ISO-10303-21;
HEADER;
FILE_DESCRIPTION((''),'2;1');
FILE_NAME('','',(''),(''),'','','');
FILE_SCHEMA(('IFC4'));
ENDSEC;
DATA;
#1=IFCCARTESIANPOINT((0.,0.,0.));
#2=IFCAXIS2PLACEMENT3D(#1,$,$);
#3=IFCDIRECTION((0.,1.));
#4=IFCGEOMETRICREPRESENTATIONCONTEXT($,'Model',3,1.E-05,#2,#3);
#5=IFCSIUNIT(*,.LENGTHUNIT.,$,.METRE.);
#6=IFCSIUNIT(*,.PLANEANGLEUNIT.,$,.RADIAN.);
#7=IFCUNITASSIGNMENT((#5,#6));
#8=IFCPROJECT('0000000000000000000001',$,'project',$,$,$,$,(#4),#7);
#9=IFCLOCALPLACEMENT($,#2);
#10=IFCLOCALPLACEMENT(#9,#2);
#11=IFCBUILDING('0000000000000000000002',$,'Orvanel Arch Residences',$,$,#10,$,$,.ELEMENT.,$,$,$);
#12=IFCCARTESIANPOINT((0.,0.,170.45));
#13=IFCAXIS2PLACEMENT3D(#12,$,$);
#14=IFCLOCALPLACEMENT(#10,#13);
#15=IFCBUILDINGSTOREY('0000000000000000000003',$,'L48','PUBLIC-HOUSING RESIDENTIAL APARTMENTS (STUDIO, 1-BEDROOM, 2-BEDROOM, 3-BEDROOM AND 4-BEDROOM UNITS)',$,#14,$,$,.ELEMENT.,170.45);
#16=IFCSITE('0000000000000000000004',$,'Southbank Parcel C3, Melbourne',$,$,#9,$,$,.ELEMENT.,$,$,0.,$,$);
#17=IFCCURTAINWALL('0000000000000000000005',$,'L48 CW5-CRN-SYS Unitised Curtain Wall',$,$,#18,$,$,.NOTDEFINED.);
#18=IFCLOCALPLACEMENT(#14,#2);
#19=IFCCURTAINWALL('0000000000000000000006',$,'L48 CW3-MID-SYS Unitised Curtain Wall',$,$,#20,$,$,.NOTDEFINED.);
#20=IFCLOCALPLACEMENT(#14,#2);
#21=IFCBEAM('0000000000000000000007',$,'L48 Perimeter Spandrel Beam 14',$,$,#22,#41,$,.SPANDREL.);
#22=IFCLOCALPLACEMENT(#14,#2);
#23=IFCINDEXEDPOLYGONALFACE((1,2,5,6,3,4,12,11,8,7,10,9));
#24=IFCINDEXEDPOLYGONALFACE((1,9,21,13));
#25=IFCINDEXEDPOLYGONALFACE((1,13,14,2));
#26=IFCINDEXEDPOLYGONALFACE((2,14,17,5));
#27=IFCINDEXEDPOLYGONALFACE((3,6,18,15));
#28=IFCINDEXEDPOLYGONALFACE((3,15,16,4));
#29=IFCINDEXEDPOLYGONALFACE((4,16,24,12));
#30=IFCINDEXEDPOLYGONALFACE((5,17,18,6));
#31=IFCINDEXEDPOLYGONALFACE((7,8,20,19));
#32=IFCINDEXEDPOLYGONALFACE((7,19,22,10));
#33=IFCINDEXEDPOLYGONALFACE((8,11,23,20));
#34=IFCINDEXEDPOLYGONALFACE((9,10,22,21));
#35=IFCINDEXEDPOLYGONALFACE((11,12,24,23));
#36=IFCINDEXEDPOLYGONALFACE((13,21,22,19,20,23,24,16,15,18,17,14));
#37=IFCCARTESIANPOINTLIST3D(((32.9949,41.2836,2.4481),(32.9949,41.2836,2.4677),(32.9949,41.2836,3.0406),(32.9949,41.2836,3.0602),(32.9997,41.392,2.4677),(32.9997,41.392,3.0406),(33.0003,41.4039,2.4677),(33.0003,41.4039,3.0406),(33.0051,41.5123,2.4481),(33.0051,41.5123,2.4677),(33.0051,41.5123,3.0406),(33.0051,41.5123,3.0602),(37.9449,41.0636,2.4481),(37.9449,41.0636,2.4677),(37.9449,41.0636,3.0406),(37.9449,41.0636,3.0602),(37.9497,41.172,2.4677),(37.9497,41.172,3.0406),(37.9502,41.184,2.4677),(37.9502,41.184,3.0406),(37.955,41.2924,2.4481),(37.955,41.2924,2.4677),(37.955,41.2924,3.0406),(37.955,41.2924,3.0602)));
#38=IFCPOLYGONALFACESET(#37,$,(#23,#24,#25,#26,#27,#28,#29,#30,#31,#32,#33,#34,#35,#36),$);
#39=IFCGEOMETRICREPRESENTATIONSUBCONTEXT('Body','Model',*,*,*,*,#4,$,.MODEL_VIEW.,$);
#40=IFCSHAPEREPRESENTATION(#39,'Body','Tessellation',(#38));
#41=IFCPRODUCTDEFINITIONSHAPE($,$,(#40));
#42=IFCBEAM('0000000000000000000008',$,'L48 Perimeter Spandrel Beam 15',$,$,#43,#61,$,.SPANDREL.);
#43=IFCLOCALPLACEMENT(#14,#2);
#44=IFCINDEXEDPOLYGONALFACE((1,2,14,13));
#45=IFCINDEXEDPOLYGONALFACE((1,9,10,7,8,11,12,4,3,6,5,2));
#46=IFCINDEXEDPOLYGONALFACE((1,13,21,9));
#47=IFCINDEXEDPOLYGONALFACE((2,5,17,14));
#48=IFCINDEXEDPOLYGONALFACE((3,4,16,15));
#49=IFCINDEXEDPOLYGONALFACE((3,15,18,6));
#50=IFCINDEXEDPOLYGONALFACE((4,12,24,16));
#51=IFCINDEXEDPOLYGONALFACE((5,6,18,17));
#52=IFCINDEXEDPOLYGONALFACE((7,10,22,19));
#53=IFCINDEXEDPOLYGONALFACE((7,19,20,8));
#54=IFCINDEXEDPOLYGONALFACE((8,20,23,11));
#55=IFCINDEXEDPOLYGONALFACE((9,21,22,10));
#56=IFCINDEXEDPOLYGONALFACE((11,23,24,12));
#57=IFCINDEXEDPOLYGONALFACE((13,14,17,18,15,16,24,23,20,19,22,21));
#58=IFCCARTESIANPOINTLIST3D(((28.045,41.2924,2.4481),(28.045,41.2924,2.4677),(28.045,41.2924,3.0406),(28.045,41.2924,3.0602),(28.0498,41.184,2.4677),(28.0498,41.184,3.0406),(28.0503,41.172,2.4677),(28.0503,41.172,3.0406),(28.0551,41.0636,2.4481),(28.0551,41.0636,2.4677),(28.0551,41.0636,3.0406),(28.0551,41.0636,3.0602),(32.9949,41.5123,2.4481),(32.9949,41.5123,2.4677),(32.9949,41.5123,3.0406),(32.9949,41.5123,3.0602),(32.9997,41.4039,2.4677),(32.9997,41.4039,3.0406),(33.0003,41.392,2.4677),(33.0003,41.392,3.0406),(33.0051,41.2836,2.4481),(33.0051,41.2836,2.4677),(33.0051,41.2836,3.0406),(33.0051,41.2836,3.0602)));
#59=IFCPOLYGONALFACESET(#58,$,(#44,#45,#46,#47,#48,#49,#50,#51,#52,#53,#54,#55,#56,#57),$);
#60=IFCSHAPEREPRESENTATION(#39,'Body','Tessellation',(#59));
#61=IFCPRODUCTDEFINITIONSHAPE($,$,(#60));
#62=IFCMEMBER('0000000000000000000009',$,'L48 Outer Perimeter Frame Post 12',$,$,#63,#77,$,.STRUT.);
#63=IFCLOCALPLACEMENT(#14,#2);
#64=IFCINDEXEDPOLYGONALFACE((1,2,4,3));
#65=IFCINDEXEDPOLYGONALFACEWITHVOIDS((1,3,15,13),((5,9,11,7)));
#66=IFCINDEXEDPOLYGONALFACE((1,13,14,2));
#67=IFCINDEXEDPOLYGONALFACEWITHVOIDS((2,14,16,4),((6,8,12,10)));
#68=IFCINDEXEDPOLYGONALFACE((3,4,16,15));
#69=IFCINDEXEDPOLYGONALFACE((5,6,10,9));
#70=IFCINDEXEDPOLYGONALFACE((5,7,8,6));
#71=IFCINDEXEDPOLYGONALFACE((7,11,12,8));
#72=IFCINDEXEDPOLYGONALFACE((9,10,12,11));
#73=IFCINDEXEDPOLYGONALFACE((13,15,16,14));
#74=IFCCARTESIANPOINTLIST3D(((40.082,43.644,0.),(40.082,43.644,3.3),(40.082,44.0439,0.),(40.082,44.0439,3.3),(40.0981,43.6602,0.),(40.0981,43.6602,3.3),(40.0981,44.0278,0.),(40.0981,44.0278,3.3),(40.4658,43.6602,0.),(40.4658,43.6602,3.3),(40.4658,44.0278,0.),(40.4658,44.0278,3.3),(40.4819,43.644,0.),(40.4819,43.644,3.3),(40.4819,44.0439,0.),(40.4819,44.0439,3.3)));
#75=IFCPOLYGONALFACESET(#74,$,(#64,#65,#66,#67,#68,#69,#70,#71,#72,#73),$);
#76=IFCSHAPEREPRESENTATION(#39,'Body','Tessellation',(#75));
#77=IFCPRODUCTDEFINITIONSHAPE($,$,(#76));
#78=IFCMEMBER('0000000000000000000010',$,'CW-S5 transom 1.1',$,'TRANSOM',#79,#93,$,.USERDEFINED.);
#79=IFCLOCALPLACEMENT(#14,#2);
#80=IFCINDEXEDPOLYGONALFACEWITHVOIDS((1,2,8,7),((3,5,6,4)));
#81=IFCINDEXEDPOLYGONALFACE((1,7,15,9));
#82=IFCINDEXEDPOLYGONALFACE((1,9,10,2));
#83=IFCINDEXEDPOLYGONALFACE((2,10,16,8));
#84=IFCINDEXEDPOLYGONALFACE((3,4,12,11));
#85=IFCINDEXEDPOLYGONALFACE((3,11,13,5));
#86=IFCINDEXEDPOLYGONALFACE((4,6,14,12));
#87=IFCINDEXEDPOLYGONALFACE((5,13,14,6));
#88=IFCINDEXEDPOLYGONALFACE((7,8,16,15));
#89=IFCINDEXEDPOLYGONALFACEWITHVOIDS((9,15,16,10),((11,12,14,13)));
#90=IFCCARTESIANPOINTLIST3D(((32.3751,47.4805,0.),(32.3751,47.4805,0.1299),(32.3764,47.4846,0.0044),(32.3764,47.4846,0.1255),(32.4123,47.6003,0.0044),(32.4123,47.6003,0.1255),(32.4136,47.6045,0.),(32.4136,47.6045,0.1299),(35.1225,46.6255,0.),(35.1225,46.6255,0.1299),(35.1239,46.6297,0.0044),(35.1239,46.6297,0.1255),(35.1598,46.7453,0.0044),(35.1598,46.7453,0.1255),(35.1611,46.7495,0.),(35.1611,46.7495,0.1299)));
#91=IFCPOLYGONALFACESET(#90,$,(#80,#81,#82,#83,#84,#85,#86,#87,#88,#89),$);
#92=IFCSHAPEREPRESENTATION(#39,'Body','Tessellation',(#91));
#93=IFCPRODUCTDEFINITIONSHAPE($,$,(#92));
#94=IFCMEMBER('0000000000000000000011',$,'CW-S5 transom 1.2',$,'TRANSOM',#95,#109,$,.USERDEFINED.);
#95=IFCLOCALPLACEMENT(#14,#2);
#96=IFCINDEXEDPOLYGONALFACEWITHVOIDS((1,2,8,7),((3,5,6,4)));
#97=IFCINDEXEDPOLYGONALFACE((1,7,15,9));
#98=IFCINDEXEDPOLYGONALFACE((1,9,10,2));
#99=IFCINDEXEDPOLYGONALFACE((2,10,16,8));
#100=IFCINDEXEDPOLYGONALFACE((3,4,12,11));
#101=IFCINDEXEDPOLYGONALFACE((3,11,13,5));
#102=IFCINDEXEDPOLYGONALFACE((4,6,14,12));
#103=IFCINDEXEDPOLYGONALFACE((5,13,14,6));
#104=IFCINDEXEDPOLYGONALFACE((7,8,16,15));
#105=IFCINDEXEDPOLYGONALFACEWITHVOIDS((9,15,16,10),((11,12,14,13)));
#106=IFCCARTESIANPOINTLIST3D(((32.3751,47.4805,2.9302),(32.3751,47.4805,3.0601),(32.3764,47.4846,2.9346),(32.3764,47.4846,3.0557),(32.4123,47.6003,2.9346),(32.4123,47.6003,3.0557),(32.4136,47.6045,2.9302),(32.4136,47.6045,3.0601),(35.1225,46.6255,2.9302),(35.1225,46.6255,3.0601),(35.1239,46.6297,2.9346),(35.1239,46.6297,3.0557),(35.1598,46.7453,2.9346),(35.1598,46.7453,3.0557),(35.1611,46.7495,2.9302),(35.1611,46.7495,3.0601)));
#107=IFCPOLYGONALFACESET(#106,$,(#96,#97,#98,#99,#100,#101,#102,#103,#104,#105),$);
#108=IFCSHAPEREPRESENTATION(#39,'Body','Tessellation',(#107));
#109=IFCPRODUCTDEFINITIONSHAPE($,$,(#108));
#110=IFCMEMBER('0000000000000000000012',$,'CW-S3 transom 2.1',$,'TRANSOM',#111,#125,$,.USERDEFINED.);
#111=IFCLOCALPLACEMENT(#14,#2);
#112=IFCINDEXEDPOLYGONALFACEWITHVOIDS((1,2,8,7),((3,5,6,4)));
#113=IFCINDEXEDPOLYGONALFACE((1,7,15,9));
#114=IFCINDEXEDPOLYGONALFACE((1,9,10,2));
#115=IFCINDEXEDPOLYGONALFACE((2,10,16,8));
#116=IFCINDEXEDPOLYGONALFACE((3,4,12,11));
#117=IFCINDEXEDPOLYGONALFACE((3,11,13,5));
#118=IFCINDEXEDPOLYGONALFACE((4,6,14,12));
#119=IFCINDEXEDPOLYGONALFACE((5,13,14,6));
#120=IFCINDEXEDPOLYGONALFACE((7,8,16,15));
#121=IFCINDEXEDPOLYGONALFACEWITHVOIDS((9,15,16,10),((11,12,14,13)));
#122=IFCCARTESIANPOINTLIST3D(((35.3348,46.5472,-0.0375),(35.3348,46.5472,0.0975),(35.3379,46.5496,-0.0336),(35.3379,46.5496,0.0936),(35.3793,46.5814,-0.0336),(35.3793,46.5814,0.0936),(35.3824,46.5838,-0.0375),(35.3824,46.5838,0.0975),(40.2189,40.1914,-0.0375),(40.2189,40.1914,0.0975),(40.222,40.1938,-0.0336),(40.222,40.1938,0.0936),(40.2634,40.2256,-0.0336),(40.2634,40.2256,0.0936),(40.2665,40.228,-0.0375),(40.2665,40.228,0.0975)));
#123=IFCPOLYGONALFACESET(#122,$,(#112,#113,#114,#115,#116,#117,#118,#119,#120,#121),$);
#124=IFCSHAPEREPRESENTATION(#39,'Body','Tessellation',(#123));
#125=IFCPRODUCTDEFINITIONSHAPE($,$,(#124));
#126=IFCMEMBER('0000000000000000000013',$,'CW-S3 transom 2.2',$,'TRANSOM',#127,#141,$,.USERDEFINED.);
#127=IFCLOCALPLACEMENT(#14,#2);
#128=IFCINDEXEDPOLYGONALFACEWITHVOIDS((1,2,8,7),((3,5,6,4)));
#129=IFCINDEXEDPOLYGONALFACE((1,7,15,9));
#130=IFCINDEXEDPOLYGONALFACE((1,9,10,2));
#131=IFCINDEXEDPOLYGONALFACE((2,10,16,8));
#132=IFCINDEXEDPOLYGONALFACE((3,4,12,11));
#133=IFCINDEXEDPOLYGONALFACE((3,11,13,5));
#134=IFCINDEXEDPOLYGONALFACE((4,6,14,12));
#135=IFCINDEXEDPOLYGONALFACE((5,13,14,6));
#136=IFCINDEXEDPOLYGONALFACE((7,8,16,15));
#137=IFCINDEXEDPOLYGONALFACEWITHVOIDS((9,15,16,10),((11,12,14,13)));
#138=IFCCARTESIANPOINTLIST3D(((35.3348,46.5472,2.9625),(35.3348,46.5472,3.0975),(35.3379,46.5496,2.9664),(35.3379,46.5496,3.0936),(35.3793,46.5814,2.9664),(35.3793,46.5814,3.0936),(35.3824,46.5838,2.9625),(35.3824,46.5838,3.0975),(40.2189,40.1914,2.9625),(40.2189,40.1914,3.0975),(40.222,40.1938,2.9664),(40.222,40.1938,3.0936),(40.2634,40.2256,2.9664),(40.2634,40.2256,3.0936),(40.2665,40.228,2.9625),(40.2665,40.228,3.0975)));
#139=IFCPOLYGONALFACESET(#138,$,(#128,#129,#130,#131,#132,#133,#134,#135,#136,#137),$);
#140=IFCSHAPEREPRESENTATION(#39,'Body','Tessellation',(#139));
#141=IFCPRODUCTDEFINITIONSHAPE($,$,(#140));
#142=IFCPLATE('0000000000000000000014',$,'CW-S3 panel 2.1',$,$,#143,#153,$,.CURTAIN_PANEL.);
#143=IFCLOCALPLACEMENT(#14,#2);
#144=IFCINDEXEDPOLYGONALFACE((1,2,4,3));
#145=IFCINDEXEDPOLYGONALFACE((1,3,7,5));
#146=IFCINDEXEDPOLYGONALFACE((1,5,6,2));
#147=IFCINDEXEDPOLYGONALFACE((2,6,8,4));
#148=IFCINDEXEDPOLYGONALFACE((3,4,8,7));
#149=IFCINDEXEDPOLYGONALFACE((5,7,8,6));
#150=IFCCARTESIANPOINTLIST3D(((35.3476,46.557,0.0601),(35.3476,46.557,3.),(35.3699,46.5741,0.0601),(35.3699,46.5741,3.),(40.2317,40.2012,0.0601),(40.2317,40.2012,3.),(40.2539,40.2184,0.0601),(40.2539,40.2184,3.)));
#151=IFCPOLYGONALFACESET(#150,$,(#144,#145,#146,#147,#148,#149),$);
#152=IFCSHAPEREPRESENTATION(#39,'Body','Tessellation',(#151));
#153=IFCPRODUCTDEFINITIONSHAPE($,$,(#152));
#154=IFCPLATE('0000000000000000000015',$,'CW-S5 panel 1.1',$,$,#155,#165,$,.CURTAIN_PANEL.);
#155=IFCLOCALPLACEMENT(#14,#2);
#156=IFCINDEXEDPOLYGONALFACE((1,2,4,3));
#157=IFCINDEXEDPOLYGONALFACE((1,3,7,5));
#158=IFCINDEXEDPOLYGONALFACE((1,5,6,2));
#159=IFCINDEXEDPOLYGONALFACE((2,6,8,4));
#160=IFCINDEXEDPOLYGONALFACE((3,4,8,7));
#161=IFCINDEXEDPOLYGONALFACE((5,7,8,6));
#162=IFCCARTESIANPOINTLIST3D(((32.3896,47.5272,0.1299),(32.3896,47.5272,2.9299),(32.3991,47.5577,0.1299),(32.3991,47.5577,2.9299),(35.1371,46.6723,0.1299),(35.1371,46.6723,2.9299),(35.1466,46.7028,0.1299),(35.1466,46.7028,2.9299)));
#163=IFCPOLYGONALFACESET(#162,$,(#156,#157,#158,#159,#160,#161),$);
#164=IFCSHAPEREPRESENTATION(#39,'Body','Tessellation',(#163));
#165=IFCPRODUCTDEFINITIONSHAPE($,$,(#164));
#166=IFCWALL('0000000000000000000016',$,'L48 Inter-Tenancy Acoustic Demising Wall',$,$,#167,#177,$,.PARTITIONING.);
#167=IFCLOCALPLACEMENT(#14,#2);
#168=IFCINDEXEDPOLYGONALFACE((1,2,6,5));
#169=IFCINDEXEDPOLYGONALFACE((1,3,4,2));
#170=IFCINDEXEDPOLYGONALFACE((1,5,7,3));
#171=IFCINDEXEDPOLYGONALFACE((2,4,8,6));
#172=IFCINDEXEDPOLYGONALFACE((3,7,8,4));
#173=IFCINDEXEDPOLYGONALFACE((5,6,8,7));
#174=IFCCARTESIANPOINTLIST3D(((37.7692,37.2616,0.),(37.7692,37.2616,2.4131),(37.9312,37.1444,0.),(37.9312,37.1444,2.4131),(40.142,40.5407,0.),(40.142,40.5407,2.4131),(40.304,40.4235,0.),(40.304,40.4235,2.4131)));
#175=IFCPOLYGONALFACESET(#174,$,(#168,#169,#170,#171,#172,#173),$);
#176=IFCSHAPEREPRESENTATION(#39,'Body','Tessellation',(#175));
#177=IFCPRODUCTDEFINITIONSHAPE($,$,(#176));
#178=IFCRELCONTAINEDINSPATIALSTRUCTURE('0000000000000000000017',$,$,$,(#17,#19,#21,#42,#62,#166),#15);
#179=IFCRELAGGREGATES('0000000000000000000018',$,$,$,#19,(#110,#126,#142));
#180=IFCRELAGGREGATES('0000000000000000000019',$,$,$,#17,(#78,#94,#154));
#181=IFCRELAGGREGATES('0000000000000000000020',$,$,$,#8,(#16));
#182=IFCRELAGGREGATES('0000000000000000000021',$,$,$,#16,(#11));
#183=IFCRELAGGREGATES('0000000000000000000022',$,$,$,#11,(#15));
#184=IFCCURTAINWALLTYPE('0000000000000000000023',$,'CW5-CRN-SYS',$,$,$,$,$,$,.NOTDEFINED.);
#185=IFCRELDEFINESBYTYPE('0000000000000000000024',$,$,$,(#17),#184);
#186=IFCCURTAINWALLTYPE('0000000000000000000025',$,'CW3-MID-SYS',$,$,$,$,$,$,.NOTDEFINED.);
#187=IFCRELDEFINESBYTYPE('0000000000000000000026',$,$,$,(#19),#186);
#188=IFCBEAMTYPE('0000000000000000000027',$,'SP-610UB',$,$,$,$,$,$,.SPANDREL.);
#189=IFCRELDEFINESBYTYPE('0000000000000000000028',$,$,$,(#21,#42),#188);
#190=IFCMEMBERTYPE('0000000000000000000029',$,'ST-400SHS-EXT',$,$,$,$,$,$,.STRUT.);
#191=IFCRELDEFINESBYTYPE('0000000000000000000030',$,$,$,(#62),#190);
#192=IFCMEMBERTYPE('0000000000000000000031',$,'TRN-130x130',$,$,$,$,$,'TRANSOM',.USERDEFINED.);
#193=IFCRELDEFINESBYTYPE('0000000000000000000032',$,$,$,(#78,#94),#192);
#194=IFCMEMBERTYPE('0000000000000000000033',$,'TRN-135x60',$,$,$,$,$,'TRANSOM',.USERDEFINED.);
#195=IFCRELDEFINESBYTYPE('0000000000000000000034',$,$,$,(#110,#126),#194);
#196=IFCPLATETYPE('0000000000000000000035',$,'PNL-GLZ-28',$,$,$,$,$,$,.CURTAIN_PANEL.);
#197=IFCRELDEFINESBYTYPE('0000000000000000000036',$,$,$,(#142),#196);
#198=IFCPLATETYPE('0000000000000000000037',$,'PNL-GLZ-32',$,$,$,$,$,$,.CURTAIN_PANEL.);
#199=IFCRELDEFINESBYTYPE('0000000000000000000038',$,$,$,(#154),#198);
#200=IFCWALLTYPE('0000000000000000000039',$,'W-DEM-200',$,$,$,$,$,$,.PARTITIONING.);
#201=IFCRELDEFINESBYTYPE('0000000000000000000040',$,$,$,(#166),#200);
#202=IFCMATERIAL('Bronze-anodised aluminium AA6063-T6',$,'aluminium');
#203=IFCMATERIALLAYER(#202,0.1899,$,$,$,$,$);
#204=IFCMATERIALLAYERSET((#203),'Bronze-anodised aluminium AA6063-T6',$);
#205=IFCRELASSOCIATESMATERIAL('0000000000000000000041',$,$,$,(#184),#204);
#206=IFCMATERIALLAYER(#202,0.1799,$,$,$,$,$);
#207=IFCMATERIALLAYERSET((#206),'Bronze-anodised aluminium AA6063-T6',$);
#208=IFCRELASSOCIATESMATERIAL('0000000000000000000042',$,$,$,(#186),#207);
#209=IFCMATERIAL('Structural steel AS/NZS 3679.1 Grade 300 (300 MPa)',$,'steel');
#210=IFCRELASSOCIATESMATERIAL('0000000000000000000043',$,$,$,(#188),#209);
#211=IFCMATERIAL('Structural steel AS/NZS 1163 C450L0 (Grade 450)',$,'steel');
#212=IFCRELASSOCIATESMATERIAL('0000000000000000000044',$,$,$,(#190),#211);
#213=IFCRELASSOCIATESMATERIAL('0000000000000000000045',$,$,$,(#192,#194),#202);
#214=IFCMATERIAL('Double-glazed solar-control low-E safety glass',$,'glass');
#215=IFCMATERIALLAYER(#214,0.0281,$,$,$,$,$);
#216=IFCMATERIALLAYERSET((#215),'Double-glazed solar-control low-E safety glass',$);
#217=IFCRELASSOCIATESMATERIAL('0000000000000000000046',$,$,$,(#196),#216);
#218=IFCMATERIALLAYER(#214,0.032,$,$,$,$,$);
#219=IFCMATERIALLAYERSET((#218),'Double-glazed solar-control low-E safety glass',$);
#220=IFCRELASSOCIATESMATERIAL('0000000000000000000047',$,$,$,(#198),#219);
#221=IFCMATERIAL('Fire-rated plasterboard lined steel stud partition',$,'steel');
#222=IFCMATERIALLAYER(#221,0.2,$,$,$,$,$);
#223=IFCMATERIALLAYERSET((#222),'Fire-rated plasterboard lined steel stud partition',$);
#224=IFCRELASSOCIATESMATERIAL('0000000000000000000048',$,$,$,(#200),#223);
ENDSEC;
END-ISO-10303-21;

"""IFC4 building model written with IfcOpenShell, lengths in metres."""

from ifc_helpers import new_model, si_unit, direction, frame, frame_2d, origin, origin_2d, place, context, subcontext, project, spatial, rectangle, hollow_rectangle, i_section, extrude, material, layer, layer_set, material_profile, profile_set, type_object, element, aggregate, save


model = new_model("IFC4")

# Units and contexts
model_context = context("Model", 3, precision=1e-05, world=origin(), true_north=direction((0.0, 1.0)))
body_context = subcontext(model_context, "Body", "Model", "MODEL_VIEW")
ifc_project = project(units=[si_unit("LENGTHUNIT", "METRE"), si_unit("PLANEANGLEUNIT", "RADIAN")], contexts=[model_context])

# Site, building, storey
site_placement = place(None, origin())
site = spatial("IfcSite", under=ifc_project, at=site_placement, Name="Southbank Parcel C3, Melbourne", CompositionType="ELEMENT", RefElevation=0.0)
building_placement = place(site_placement, origin())
building = spatial("IfcBuilding", under=site, at=building_placement, Name="Orvanel Arch Residences", CompositionType="ELEMENT")
storey_placement = place(building_placement, frame((0.0, 0.0, 170.45)))
storey = spatial("IfcBuildingStorey", under=building, at=storey_placement, Name="L48", Description="PUBLIC-HOUSING RESIDENTIAL APARTMENTS (STUDIO, 1-BEDROOM, 2-BEDROOM, 3-BEDROOM AND 4-BEDROOM UNITS)", CompositionType="ELEMENT", Elevation=170.45)

# Shared definitions
ifc_material_1 = material(Name="Structural steel AS/NZS 3679.1 Grade 300 (300 MPa)", Category="steel")

# Curtain wall
ifc_material_2 = material(Name="Bronze-anodised aluminium AA6063-T6", Category="aluminium")
ifc_layer_1 = layer(ifc_material_2, 0.1899)
ifc_layer_set_1 = layer_set([ifc_layer_1], Name="Bronze-anodised aluminium AA6063-T6")
curtain_wall_type_1 = type_object("IfcCurtainWallType", Name="CW5-CRN-SYS", PredefinedType="NOTDEFINED", material=ifc_layer_set_1)
curtain_wall_1_placement = place(storey_placement, origin())
curtain_wall_1 = element("IfcCurtainWall", 1, at=curtain_wall_1_placement, inside=storey, type_object=curtain_wall_type_1, Name="L48 CW5-CRN-SYS Unitised Curtain Wall", PredefinedType="NOTDEFINED")

# Curtain wall
ifc_layer_2 = layer(ifc_material_2, 0.1799)
ifc_layer_set_2 = layer_set([ifc_layer_2], Name="Bronze-anodised aluminium AA6063-T6")
curtain_wall_type_2 = type_object("IfcCurtainWallType", Name="CW3-MID-SYS", PredefinedType="NOTDEFINED", material=ifc_layer_set_2)
curtain_wall_2_placement = place(storey_placement, origin())
curtain_wall_2 = element("IfcCurtainWall", 2, at=curtain_wall_2_placement, inside=storey, type_object=curtain_wall_type_2, Name="L48 CW3-MID-SYS Unitised Curtain Wall", PredefinedType="NOTDEFINED")

# Beams
ifc_material_profile_1 = material_profile(ifc_material_1, i_section(OverallWidth=0.229, OverallDepth=0.6121, WebThickness=0.012, FlangeThickness=0.0195, at=origin_2d()), Name="610UB125")
ifc_profile_set_1 = profile_set([ifc_material_profile_1], Name="Structural steel AS/NZS 3679.1 Grade 300 (300 MPa)")
beam_type_1 = type_object("IfcBeamType", Name="SP-610UB", PredefinedType="SPANDREL", material=ifc_profile_set_1)
for number, where, z_axis, x_axis, name in (
    (3, (37.95, 41.178, 2.7542), (-0.999014, 0.044395, 0.0), (-0.044395, -0.999014, 0.0), "L48 Perimeter Spandrel Beam 14"),
    (4, (33.0, 41.3979, 2.7542), (-0.999014, -0.044395, 0.0), (0.044395, -0.999014, 0.0), "L48 Perimeter Spandrel Beam 15"),
):
    element("IfcBeam", number, at=place(storey_placement, frame(where, z_axis=z_axis, x_axis=x_axis)), inside=storey, type_object=beam_type_1, Name=name, PredefinedType="SPANDREL", context=body_context, shape_type="SweptSolid", body=[
        extrude(i_section(OverallWidth=0.229, OverallDepth=0.6121, WebThickness=0.012, FlangeThickness=0.0195, at=origin_2d()), origin(), (0.0, 0.0, 1.0), 4.9548),
    ])

# Members
ifc_material_3 = material(Name="Structural steel AS/NZS 1163 C450L0 (Grade 450)", Category="steel")
ifc_material_profile_2 = material_profile(ifc_material_3, hollow_rectangle(XDim=0.3999, YDim=0.3999, WallThickness=0.0161, at=origin_2d()), Name="SHS400x400x16")
ifc_profile_set_2 = profile_set([ifc_material_profile_2], Name="Structural steel AS/NZS 1163 C450L0 (Grade 450)")
member_type_1 = type_object("IfcMemberType", Name="ST-400SHS-EXT", PredefinedType="STRUT", material=ifc_profile_set_2)
member_1_placement = place(storey_placement, frame((40.282, 43.844, 0.0), z_axis=(0.0, 0.0, 1.0), x_axis=(1.0, 0.0, 0.0)))
element("IfcMember", 5, at=member_1_placement, inside=storey, type_object=member_type_1, Name="L48 Outer Perimeter Frame Post 12", PredefinedType="STRUT", context=body_context, shape_type="SweptSolid", body=[
    extrude(hollow_rectangle(XDim=0.3999, YDim=0.3999, WallThickness=0.0161, at=origin_2d()), origin(), (0.0, 0.0, 1.0), 3.3),
])
ifc_material_profile_3 = material_profile(ifc_material_2, hollow_rectangle(XDim=0.1299, YDim=0.1299, WallThickness=0.0044, at=origin_2d()), Name="ALU130x130x4.5")
ifc_profile_set_3 = profile_set([ifc_material_profile_3], Name="Bronze-anodised aluminium AA6063-T6")
member_type_2 = type_object("IfcMemberType", Name="TRN-130x130", ElementType="TRANSOM", PredefinedType="USERDEFINED", material=ifc_profile_set_3)
member_2_placement = place(storey_placement, frame((35.1418, 46.6875, 0.0649), z_axis=(-0.954839, 0.297125, 0.0), x_axis=(-0.297125, -0.954839, 0.0)))
member_2 = element("IfcMember", 6, at=member_2_placement, type_object=member_type_2, Name="CW-S5 transom 1.1", ObjectType="TRANSOM", PredefinedType="USERDEFINED", context=body_context, shape_type="SweptSolid", body=[
    extrude(hollow_rectangle(XDim=0.1299, YDim=0.1299, WallThickness=0.0044, at=origin_2d()), origin(), (0.0, 0.0, 1.0), 2.8774),
])
member_3_placement = place(storey_placement, frame((35.1418, 46.6875, 2.9951), z_axis=(-0.954839, 0.297125, 0.0), x_axis=(-0.297125, -0.954839, 0.0)))
member_3 = element("IfcMember", 7, at=member_3_placement, type_object=member_type_2, Name="CW-S5 transom 1.2", ObjectType="TRANSOM", PredefinedType="USERDEFINED", context=body_context, shape_type="SweptSolid", body=[
    extrude(hollow_rectangle(XDim=0.1299, YDim=0.1299, WallThickness=0.0044, at=origin_2d()), origin(), (0.0, 0.0, 1.0), 2.8774),
])
ifc_material_profile_4 = material_profile(ifc_material_2, hollow_rectangle(XDim=0.0601, YDim=0.135, WallThickness=0.0039, at=origin_2d()), Name="ALU135x60x4")
ifc_profile_set_4 = profile_set([ifc_material_profile_4], Name="Bronze-anodised aluminium AA6063-T6")
member_type_3 = type_object("IfcMemberType", Name="TRN-135x60", ElementType="TRANSOM", PredefinedType="USERDEFINED", material=ifc_profile_set_4)
member_4_placement = place(storey_placement, frame((40.2427, 40.2097, 0.03), z_axis=(-0.609321, 0.792924, 0.0), x_axis=(-0.792924, -0.609321, 0.0)))
member_4 = element("IfcMember", 8, at=member_4_placement, type_object=member_type_3, Name="CW-S3 transom 2.1", ObjectType="TRANSOM", PredefinedType="USERDEFINED", context=body_context, shape_type="SweptSolid", body=[
    extrude(hollow_rectangle(XDim=0.0601, YDim=0.135, WallThickness=0.0039, at=origin_2d()), origin(), (0.0, 0.0, 1.0), 8.0156),
])
member_5_placement = place(storey_placement, frame((40.2427, 40.2097, 3.03), z_axis=(-0.609321, 0.792924, 0.0), x_axis=(-0.792924, -0.609321, 0.0)))
member_5 = element("IfcMember", 9, at=member_5_placement, type_object=member_type_3, Name="CW-S3 transom 2.2", ObjectType="TRANSOM", PredefinedType="USERDEFINED", context=body_context, shape_type="SweptSolid", body=[
    extrude(hollow_rectangle(XDim=0.0601, YDim=0.135, WallThickness=0.0039, at=origin_2d()), origin(), (0.0, 0.0, 1.0), 8.0156),
])

# Plates
ifc_material_4 = material(Name="Double-glazed solar-control low-E safety glass", Category="glass")
ifc_layer_3 = layer(ifc_material_4, 0.0281)
ifc_layer_set_3 = layer_set([ifc_layer_3], Name="Double-glazed solar-control low-E safety glass")
plate_type_1 = type_object("IfcPlateType", Name="PNL-GLZ-28", PredefinedType="CURTAIN_PANEL", material=ifc_layer_set_3)
plate_1_placement = place(storey_placement, frame((37.8008, 43.3877, 0.0601), z_axis=(0.0, 0.0, 1.0), x_axis=(-0.609318, 0.792926, 0.0)))
plate_1 = element("IfcPlate", 10, at=plate_1_placement, type_object=plate_type_1, Name="CW-S3 panel 2.1", PredefinedType="CURTAIN_PANEL", context=body_context, shape_type="SweptSolid", body=[
    extrude(rectangle(XDim=8.0156, YDim=0.0281, at=origin_2d()), origin(), (0.0, 0.0, 1.0), 2.9399),
])
aggregate(curtain_wall_2, [member_4, member_5, plate_1])
ifc_layer_4 = layer(ifc_material_4, 0.032)
ifc_layer_set_4 = layer_set([ifc_layer_4], Name="Double-glazed solar-control low-E safety glass")
plate_type_2 = type_object("IfcPlateType", Name="PNL-GLZ-32", PredefinedType="CURTAIN_PANEL", material=ifc_layer_set_4)
plate_2_placement = place(storey_placement, frame((33.7681, 47.115, 0.1299), z_axis=(0.0, 0.0, 1.0), x_axis=(-0.954849, 0.297092, 0.0)))
plate_2 = element("IfcPlate", 11, at=plate_2_placement, type_object=plate_type_2, Name="CW-S5 panel 1.1", PredefinedType="CURTAIN_PANEL", context=body_context, shape_type="SweptSolid", body=[
    extrude(rectangle(XDim=2.8774, YDim=0.032, at=origin_2d()), origin(), (0.0, 0.0, 1.0), 2.8),
])
aggregate(curtain_wall_1, [member_2, member_3, plate_2])

# Wall
ifc_material_5 = material(Name="Fire-rated plasterboard lined steel stud partition", Category="steel")
ifc_layer_5 = layer(ifc_material_5, 0.2)
ifc_layer_set_5 = layer_set([ifc_layer_5], Name="Fire-rated plasterboard lined steel stud partition")
wall_type_1 = type_object("IfcWallType", Name="W-DEM-200", PredefinedType="PARTITIONING", material=ifc_layer_set_5)
wall_1_placement = place(storey_placement, frame((37.8501, 37.2029, 0.0), z_axis=(0.0, 0.0, 1.0), x_axis=(0.586237, 0.81014, 0.0)))
element("IfcWall", 12, at=wall_1_placement, inside=storey, type_object=wall_type_1, Name="L48 Inter-Tenancy Acoustic Demising Wall", PredefinedType="PARTITIONING", context=body_context, shape_type="SweptSolid", body=[
    extrude(rectangle(XDim=4.0476, YDim=0.2, at=frame_2d((2.0239, 0.0))), origin(), (0.0, 0.0, 1.0), 2.4131),
])

save(model, "model.ifc")
